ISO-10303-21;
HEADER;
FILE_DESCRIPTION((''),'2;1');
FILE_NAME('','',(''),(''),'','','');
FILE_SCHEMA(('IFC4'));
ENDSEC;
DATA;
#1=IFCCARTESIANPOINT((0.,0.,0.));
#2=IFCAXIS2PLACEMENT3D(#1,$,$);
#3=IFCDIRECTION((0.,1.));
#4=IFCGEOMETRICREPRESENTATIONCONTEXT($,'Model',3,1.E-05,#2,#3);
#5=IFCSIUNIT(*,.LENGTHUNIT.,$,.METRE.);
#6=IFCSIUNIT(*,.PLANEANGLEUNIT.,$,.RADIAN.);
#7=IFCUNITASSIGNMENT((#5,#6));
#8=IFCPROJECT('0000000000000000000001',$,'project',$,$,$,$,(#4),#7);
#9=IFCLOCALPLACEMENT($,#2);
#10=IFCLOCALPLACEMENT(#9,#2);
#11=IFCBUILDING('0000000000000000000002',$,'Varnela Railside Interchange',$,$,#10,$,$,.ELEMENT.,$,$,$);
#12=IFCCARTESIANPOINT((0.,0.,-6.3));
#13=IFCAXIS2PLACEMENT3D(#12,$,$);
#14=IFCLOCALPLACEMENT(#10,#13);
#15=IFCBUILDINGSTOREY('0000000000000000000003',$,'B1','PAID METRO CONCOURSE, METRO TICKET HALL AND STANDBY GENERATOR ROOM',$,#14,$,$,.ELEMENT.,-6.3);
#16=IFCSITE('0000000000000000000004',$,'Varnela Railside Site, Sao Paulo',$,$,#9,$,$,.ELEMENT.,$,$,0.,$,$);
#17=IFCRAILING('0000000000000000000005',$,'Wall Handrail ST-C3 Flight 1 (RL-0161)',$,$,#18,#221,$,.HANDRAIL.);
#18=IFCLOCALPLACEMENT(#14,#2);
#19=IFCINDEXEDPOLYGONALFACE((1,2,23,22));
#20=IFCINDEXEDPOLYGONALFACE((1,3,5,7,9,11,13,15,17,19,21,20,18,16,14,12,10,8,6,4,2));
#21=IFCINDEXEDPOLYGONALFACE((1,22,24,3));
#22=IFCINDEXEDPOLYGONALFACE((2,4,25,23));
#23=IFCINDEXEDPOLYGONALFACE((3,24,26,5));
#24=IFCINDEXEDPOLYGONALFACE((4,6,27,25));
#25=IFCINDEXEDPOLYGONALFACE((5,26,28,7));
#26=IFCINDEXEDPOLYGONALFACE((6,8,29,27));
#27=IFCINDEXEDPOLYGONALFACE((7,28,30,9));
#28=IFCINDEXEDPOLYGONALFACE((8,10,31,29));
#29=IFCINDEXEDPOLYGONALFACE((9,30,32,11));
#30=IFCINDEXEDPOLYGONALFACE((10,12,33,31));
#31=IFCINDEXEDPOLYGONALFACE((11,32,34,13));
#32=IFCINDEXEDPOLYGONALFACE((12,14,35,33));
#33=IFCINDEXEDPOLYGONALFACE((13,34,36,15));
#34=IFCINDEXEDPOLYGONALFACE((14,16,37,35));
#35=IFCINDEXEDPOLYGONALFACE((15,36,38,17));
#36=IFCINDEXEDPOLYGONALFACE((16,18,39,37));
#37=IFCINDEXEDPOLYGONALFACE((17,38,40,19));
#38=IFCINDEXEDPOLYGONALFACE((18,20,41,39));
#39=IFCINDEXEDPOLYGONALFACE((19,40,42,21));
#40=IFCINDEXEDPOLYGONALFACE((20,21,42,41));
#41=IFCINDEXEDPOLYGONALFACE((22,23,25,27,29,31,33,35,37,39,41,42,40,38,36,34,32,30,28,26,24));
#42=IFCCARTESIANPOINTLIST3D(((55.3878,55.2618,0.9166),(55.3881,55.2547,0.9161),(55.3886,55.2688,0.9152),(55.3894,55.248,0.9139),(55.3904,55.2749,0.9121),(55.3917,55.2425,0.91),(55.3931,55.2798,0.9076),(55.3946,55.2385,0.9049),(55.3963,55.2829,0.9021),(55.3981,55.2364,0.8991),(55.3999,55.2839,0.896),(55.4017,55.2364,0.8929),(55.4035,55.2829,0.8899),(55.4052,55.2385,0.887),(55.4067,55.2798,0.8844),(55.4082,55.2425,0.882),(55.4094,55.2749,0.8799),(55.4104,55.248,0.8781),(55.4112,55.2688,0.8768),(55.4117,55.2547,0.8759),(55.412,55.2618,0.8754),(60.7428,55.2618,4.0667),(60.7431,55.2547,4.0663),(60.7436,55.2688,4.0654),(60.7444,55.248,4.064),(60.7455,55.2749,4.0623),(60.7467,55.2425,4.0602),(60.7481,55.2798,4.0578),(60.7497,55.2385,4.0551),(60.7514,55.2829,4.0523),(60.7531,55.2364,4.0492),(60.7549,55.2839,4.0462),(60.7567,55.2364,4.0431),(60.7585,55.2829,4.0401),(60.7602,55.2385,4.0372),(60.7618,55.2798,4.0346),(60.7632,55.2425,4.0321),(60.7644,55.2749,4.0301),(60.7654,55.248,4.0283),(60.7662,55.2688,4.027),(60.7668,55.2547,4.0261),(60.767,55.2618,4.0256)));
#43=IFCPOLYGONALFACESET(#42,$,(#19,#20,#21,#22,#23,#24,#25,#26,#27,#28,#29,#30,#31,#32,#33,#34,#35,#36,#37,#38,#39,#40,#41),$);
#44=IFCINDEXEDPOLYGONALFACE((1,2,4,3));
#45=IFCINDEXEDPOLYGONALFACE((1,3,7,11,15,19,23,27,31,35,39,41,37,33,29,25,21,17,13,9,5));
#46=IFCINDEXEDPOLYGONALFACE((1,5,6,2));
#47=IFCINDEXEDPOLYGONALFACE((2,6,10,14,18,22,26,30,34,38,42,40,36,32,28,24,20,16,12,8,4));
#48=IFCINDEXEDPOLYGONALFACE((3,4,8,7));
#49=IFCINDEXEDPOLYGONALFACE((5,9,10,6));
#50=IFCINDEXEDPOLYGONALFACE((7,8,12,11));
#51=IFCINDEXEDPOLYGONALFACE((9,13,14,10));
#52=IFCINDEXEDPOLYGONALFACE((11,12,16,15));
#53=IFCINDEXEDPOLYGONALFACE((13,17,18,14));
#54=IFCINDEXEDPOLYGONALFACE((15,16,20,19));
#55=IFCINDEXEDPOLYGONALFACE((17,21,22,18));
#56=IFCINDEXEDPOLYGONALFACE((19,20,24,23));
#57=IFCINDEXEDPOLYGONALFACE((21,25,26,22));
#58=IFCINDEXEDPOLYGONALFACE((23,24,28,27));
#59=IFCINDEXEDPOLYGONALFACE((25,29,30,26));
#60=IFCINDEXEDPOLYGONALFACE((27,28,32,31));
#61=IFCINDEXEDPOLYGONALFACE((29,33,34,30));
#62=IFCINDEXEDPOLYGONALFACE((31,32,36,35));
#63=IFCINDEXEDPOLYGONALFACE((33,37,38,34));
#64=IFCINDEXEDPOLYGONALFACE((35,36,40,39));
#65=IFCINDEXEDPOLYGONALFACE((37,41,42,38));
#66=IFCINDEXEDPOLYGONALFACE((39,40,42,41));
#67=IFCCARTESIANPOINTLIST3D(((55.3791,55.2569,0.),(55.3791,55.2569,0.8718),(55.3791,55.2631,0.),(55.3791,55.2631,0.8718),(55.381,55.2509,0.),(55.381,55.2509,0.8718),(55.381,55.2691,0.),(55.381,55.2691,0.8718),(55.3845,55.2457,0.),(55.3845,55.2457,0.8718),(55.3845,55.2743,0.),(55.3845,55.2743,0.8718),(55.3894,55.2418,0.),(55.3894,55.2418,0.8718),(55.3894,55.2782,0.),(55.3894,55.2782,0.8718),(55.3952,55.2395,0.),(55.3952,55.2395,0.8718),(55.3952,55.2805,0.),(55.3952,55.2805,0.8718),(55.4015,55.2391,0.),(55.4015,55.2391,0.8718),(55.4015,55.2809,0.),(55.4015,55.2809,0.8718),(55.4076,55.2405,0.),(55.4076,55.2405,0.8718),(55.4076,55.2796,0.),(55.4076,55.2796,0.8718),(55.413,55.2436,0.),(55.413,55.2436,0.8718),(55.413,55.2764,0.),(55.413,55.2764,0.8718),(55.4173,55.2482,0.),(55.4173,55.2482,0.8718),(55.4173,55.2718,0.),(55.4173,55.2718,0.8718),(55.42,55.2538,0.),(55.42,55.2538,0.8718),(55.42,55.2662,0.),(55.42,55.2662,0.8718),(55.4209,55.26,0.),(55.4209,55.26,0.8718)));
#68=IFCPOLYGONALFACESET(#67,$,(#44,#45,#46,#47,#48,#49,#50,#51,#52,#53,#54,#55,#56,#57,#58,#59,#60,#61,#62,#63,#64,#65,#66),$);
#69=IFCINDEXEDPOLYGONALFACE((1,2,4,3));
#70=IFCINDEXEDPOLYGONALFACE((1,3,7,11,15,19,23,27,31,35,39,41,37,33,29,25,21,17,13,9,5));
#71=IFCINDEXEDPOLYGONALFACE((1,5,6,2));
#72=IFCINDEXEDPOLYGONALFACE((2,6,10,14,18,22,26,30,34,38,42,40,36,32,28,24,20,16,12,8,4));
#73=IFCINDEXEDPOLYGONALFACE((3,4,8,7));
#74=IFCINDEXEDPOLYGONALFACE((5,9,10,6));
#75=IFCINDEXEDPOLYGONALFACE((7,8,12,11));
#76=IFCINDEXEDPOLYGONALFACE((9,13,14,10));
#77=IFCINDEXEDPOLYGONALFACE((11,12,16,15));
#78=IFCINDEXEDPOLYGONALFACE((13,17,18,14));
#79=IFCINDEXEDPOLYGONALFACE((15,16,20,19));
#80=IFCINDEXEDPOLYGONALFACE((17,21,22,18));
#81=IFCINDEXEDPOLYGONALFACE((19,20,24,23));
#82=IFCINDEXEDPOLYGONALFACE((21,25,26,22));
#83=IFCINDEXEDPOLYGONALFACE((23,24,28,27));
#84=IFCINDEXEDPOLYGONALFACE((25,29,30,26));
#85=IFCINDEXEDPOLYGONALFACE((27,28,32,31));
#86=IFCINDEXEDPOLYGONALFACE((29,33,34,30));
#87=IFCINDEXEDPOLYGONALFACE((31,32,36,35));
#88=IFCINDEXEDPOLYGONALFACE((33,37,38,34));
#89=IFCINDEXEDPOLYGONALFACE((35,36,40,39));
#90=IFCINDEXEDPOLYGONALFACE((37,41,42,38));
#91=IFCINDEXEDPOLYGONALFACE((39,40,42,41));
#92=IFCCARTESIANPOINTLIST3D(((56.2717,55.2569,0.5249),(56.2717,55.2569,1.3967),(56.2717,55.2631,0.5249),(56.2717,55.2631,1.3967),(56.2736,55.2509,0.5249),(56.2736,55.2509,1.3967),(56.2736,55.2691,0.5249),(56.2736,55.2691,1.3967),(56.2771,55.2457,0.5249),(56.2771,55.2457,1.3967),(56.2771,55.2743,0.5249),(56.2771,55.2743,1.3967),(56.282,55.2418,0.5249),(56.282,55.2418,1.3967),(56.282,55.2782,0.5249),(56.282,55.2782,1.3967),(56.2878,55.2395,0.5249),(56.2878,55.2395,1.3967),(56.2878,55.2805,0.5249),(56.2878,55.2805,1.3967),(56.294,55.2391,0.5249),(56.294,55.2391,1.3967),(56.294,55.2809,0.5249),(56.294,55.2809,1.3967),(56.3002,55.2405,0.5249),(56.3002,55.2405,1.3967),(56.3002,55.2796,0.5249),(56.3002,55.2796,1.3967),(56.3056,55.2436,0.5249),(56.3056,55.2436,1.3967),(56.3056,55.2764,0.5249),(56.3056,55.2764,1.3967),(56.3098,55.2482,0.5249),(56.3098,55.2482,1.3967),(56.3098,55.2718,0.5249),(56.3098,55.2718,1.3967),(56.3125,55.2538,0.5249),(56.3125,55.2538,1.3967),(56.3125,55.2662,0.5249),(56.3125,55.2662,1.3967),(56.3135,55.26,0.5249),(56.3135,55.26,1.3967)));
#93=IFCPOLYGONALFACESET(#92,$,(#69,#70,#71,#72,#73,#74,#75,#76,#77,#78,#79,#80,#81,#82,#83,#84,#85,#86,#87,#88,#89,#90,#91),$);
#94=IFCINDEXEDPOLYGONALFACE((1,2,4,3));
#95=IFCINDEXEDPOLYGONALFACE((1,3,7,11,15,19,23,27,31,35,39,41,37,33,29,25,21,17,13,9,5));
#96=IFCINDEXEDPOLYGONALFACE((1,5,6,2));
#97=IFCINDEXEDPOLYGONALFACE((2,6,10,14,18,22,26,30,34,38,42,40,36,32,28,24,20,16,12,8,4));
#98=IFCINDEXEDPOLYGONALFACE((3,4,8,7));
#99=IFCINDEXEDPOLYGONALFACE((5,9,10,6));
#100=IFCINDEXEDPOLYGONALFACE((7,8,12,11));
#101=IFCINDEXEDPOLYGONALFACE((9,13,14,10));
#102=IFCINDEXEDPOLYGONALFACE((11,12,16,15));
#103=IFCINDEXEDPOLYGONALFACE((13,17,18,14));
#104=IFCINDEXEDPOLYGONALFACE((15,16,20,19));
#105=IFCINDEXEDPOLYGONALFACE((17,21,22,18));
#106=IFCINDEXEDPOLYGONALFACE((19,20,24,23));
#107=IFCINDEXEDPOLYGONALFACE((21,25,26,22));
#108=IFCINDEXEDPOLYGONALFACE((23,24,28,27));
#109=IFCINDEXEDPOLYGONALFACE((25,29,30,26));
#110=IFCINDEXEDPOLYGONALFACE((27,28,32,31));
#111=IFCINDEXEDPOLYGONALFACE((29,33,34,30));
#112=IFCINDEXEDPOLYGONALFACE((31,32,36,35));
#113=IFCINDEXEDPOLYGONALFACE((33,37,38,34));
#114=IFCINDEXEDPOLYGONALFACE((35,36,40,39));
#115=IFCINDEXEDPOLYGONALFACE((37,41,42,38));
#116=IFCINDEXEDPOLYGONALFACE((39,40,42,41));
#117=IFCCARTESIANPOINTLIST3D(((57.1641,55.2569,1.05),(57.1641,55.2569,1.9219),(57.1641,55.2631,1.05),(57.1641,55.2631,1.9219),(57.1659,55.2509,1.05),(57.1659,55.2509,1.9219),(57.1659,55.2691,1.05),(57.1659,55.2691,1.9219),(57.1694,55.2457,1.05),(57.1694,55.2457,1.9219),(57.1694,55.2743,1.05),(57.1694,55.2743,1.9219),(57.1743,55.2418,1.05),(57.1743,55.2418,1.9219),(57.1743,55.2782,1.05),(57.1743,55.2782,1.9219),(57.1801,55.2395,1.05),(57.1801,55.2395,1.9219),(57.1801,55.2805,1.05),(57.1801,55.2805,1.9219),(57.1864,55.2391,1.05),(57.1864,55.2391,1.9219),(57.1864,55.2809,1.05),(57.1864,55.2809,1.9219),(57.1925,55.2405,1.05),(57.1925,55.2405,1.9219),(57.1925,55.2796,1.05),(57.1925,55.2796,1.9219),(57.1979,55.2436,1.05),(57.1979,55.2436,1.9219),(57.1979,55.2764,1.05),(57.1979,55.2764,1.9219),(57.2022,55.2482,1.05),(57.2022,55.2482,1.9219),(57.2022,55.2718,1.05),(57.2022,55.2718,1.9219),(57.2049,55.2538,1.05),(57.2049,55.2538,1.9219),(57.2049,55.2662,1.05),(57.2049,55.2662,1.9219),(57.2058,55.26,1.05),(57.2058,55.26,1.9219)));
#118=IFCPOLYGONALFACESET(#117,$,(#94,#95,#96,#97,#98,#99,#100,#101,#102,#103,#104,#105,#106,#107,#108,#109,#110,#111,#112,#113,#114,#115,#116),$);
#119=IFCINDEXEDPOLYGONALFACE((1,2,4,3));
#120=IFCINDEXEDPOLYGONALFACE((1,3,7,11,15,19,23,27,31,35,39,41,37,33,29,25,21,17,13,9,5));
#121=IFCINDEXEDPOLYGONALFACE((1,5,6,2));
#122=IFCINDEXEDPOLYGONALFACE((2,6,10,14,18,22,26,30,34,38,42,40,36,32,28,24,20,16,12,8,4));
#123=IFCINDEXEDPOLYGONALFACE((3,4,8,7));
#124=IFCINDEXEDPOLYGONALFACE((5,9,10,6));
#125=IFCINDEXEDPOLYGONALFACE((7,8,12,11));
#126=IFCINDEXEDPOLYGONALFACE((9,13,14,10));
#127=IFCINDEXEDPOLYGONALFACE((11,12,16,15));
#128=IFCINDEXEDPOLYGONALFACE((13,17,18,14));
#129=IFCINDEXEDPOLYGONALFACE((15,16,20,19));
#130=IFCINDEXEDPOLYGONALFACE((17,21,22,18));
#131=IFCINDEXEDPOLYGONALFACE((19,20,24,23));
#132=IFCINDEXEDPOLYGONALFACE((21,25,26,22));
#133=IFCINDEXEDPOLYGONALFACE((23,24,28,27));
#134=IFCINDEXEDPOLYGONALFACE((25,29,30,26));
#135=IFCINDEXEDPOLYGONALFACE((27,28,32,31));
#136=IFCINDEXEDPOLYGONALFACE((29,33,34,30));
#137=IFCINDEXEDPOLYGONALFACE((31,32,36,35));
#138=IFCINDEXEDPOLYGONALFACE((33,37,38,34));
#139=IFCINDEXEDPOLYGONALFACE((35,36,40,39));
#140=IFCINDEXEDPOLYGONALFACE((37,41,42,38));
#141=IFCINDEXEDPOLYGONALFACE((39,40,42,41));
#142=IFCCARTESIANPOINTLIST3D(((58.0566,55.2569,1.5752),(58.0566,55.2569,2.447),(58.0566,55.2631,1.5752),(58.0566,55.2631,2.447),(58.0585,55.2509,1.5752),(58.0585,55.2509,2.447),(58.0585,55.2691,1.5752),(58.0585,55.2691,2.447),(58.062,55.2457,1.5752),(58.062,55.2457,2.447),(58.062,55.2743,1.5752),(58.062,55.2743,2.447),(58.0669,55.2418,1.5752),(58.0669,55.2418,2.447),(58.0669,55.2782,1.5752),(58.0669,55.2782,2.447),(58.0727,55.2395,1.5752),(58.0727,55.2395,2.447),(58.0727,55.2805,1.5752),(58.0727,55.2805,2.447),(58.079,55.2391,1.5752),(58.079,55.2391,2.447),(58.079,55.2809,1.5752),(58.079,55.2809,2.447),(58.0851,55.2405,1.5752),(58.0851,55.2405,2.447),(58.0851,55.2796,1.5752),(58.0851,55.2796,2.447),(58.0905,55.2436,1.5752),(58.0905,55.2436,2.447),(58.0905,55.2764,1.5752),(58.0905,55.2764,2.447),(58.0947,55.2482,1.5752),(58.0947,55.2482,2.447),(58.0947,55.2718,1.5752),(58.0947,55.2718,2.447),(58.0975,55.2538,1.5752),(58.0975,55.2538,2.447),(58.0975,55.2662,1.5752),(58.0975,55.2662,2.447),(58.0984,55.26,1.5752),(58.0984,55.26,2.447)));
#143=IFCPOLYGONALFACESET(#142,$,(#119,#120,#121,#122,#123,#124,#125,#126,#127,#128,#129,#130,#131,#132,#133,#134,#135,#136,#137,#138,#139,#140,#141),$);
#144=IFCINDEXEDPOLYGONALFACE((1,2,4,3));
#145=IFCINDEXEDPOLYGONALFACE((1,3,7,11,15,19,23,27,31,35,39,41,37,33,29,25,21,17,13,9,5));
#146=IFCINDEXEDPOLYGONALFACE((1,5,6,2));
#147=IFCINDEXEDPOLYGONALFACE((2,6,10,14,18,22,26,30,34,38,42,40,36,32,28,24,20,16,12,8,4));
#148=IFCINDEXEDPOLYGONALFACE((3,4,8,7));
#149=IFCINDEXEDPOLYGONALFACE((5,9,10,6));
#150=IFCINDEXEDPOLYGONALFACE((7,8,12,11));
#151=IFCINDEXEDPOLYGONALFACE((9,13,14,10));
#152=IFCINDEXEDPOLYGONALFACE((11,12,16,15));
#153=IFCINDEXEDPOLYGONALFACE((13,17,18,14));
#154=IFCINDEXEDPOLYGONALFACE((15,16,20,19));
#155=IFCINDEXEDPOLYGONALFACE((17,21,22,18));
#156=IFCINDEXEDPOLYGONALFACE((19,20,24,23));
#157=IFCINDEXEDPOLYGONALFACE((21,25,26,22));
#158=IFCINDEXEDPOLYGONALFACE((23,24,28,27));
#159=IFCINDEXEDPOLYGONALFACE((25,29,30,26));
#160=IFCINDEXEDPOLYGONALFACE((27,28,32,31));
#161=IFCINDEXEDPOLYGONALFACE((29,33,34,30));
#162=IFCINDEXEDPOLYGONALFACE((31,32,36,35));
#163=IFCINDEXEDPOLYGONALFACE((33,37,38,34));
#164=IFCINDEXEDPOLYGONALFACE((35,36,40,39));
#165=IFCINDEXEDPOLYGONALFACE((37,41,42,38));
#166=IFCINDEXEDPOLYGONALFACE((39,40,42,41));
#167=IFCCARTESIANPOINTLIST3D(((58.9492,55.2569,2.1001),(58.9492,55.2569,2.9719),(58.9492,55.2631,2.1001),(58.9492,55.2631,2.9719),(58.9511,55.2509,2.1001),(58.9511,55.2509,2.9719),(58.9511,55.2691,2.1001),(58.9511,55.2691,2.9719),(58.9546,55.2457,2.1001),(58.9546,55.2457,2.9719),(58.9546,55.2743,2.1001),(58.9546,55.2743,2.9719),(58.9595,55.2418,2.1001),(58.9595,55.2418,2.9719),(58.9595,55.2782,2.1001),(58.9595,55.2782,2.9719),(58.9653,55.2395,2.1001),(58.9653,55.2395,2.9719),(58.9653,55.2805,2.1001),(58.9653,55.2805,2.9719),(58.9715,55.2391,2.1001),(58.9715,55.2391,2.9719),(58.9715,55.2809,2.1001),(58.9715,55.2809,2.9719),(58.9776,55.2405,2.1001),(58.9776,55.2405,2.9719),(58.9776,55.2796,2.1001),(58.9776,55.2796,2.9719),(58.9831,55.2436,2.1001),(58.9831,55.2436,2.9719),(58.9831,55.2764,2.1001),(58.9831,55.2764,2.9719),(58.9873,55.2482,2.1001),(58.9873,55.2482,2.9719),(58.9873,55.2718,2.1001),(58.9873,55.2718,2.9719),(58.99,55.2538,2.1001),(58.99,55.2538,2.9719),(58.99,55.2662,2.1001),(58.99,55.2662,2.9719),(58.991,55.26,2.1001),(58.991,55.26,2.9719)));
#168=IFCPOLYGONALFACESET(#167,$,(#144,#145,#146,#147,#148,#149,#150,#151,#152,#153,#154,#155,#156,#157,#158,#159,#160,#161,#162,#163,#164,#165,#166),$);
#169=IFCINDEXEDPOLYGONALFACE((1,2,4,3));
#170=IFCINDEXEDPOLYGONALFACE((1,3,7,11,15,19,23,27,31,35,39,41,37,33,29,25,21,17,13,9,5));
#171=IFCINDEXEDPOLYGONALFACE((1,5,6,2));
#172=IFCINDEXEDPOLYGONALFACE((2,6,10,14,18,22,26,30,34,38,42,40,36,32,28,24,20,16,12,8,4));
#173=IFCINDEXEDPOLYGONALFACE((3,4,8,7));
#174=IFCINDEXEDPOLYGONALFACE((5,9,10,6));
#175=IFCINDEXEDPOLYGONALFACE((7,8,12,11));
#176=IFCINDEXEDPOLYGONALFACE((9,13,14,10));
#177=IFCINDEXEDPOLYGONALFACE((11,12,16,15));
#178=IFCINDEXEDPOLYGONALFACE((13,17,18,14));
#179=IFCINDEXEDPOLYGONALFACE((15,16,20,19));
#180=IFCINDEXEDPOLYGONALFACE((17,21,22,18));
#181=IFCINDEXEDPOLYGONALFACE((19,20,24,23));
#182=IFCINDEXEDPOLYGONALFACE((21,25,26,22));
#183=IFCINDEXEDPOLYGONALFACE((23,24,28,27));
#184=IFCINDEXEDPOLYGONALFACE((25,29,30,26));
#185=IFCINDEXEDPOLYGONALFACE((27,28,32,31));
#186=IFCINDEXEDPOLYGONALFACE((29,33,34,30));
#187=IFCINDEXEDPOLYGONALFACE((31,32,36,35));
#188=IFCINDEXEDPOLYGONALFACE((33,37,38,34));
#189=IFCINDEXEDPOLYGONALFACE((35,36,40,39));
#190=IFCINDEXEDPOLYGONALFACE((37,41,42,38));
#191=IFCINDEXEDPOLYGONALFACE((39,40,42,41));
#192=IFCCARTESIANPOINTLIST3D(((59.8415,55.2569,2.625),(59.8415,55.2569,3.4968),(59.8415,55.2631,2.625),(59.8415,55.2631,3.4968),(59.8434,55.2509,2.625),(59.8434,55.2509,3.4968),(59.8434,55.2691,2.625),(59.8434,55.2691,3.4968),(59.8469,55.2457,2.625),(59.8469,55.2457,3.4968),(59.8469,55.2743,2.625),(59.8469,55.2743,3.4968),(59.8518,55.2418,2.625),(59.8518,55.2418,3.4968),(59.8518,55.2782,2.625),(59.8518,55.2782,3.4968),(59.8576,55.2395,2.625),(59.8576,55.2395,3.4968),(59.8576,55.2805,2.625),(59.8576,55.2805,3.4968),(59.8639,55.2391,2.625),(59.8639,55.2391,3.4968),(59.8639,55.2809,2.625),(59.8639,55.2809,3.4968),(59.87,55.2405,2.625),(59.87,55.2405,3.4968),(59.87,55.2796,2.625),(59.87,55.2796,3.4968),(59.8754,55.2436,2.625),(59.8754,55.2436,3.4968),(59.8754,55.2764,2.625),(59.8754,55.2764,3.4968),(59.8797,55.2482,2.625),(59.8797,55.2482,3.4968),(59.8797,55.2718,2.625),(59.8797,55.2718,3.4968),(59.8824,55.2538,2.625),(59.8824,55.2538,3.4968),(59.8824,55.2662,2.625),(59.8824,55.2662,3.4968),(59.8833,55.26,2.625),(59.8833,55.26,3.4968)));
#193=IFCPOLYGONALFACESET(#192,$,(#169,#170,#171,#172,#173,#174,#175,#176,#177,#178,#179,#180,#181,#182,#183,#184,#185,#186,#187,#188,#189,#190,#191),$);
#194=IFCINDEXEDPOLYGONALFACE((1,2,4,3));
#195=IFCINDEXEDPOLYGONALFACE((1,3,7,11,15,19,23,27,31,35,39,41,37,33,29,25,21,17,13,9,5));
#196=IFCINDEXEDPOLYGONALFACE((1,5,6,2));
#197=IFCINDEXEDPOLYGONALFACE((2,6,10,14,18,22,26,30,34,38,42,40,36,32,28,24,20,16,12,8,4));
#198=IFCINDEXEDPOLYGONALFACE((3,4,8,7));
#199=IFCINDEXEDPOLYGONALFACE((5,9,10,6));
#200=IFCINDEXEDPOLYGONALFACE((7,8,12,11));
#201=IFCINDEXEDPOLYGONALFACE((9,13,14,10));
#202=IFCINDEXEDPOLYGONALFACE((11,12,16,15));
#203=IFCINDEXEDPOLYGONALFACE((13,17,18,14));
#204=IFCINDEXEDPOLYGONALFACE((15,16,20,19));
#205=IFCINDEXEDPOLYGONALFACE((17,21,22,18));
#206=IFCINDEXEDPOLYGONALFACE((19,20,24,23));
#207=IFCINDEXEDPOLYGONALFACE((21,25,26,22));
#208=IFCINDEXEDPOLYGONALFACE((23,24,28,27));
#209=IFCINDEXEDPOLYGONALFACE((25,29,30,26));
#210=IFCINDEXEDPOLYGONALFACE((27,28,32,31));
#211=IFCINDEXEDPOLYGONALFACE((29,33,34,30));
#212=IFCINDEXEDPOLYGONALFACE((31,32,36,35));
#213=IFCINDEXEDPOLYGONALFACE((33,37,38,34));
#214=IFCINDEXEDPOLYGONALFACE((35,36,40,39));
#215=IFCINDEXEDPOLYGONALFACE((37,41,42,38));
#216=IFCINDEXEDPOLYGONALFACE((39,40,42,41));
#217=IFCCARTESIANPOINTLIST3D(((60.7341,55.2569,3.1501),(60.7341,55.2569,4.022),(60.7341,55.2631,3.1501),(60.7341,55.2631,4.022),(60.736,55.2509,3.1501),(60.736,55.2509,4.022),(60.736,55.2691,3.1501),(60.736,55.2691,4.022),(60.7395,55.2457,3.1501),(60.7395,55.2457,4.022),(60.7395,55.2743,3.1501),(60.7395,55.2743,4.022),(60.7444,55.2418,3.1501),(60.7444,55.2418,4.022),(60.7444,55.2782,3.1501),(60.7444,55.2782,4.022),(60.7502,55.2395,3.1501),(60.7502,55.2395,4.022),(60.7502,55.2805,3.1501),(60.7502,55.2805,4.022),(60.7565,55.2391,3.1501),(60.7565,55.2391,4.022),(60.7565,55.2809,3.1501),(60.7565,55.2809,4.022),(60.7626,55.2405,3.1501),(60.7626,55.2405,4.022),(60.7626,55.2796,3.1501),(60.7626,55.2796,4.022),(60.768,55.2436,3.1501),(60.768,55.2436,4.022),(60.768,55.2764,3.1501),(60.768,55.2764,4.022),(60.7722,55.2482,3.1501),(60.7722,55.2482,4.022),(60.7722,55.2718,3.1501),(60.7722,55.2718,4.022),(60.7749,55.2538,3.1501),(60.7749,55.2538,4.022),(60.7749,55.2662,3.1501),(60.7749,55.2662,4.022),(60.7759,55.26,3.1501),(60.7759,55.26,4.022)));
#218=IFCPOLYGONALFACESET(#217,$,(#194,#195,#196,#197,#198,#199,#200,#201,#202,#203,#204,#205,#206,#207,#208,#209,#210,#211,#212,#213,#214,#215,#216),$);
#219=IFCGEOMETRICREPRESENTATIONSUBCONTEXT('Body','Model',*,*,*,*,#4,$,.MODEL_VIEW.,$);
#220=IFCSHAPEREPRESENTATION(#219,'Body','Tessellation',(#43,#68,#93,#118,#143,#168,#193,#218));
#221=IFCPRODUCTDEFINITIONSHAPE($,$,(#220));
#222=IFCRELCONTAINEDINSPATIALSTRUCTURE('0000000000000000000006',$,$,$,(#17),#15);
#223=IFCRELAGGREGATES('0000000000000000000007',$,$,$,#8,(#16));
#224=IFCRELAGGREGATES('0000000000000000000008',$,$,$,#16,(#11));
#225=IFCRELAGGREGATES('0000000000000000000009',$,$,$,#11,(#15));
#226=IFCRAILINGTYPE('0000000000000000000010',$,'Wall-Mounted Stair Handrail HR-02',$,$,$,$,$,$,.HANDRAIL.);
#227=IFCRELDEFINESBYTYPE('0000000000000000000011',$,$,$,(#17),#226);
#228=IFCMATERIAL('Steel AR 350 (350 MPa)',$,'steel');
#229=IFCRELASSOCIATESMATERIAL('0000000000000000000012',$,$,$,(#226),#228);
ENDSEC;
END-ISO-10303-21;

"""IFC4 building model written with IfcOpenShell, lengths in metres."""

from ifc_helpers import new_model, si_unit, direction, frame, origin, origin_2d, place, context, subcontext, project, spatial, circle, extrude, material, type_object, element, save


model = new_model("IFC4")

# Units and contexts
model_context = context("Model", 3, precision=1e-05, world=origin(), true_north=direction((0.0, 1.0)))
body_context = subcontext(model_context, "Body", "Model", "MODEL_VIEW")
ifc_project = project(units=[si_unit("LENGTHUNIT", "METRE"), si_unit("PLANEANGLEUNIT", "RADIAN")], contexts=[model_context])

# Site, building, storey
site_placement = place(None, origin())
site = spatial("IfcSite", under=ifc_project, at=site_placement, Name="Varnela Railside Site, Sao Paulo", CompositionType="ELEMENT", RefElevation=0.0)
building_placement = place(site_placement, origin())
building = spatial("IfcBuilding", under=site, at=building_placement, Name="Varnela Railside Interchange", CompositionType="ELEMENT")
storey_placement = place(building_placement, frame((0.0, 0.0, -6.3)))
storey = spatial("IfcBuildingStorey", under=building, at=storey_placement, Name="B1", Description="PAID METRO CONCOURSE, METRO TICKET HALL AND STANDBY GENERATOR ROOM", CompositionType="ELEMENT", Elevation=-6.3)

# Railing
ifc_material_1 = material(Name="Steel AR 350 (350 MPa)", Category="steel")
railing_type_1 = type_object("IfcRailingType", Name="Wall-Mounted Stair Handrail HR-02", PredefinedType="HANDRAIL", material=ifc_material_1)
railing_1_placement = place(storey_placement, frame((55.3999, 55.26, 0.0)))
element("IfcRailing", 1, at=railing_1_placement, inside=storey, type_object=railing_type_1, Name="Wall Handrail ST-C3 Flight 1 (RL-0161)", PredefinedType="HANDRAIL", context=body_context, shape_type="SweptSolid", body=[
    extrude(circle(Radius=0.0239, at=origin_2d()), frame((0.0, 0.0, 0.896), z_axis=(0.861923, 0.0, 0.507039), x_axis=(0.0, 1.0, 0.0)), (0.0, 0.0, 1.0), 6.2129),
    extrude(circle(Radius=0.021, at=origin_2d()), origin(), (0.0, 0.0, 1.0), 0.8718),
    extrude(circle(Radius=0.021, at=origin_2d()), frame((0.8926, 0.0, 0.5249)), (0.0, 0.0, 1.0), 0.8718),
    extrude(circle(Radius=0.021, at=origin_2d()), frame((1.7849, 0.0, 1.05)), (0.0, 0.0, 1.0), 0.8718),
    extrude(circle(Radius=0.021, at=origin_2d()), frame((2.6775, 0.0, 1.5752)), (0.0, 0.0, 1.0), 0.8718),
    extrude(circle(Radius=0.021, at=origin_2d()), frame((3.5701, 0.0, 2.1001)), (0.0, 0.0, 1.0), 0.8718),
    extrude(circle(Radius=0.021, at=origin_2d()), frame((4.4624, 0.0, 2.625)), (0.0, 0.0, 1.0), 0.8718),
    extrude(circle(Radius=0.021, at=origin_2d()), frame((5.355, 0.0, 3.1501)), (0.0, 0.0, 1.0), 0.8718),
])

save(model, "model.ifc")
